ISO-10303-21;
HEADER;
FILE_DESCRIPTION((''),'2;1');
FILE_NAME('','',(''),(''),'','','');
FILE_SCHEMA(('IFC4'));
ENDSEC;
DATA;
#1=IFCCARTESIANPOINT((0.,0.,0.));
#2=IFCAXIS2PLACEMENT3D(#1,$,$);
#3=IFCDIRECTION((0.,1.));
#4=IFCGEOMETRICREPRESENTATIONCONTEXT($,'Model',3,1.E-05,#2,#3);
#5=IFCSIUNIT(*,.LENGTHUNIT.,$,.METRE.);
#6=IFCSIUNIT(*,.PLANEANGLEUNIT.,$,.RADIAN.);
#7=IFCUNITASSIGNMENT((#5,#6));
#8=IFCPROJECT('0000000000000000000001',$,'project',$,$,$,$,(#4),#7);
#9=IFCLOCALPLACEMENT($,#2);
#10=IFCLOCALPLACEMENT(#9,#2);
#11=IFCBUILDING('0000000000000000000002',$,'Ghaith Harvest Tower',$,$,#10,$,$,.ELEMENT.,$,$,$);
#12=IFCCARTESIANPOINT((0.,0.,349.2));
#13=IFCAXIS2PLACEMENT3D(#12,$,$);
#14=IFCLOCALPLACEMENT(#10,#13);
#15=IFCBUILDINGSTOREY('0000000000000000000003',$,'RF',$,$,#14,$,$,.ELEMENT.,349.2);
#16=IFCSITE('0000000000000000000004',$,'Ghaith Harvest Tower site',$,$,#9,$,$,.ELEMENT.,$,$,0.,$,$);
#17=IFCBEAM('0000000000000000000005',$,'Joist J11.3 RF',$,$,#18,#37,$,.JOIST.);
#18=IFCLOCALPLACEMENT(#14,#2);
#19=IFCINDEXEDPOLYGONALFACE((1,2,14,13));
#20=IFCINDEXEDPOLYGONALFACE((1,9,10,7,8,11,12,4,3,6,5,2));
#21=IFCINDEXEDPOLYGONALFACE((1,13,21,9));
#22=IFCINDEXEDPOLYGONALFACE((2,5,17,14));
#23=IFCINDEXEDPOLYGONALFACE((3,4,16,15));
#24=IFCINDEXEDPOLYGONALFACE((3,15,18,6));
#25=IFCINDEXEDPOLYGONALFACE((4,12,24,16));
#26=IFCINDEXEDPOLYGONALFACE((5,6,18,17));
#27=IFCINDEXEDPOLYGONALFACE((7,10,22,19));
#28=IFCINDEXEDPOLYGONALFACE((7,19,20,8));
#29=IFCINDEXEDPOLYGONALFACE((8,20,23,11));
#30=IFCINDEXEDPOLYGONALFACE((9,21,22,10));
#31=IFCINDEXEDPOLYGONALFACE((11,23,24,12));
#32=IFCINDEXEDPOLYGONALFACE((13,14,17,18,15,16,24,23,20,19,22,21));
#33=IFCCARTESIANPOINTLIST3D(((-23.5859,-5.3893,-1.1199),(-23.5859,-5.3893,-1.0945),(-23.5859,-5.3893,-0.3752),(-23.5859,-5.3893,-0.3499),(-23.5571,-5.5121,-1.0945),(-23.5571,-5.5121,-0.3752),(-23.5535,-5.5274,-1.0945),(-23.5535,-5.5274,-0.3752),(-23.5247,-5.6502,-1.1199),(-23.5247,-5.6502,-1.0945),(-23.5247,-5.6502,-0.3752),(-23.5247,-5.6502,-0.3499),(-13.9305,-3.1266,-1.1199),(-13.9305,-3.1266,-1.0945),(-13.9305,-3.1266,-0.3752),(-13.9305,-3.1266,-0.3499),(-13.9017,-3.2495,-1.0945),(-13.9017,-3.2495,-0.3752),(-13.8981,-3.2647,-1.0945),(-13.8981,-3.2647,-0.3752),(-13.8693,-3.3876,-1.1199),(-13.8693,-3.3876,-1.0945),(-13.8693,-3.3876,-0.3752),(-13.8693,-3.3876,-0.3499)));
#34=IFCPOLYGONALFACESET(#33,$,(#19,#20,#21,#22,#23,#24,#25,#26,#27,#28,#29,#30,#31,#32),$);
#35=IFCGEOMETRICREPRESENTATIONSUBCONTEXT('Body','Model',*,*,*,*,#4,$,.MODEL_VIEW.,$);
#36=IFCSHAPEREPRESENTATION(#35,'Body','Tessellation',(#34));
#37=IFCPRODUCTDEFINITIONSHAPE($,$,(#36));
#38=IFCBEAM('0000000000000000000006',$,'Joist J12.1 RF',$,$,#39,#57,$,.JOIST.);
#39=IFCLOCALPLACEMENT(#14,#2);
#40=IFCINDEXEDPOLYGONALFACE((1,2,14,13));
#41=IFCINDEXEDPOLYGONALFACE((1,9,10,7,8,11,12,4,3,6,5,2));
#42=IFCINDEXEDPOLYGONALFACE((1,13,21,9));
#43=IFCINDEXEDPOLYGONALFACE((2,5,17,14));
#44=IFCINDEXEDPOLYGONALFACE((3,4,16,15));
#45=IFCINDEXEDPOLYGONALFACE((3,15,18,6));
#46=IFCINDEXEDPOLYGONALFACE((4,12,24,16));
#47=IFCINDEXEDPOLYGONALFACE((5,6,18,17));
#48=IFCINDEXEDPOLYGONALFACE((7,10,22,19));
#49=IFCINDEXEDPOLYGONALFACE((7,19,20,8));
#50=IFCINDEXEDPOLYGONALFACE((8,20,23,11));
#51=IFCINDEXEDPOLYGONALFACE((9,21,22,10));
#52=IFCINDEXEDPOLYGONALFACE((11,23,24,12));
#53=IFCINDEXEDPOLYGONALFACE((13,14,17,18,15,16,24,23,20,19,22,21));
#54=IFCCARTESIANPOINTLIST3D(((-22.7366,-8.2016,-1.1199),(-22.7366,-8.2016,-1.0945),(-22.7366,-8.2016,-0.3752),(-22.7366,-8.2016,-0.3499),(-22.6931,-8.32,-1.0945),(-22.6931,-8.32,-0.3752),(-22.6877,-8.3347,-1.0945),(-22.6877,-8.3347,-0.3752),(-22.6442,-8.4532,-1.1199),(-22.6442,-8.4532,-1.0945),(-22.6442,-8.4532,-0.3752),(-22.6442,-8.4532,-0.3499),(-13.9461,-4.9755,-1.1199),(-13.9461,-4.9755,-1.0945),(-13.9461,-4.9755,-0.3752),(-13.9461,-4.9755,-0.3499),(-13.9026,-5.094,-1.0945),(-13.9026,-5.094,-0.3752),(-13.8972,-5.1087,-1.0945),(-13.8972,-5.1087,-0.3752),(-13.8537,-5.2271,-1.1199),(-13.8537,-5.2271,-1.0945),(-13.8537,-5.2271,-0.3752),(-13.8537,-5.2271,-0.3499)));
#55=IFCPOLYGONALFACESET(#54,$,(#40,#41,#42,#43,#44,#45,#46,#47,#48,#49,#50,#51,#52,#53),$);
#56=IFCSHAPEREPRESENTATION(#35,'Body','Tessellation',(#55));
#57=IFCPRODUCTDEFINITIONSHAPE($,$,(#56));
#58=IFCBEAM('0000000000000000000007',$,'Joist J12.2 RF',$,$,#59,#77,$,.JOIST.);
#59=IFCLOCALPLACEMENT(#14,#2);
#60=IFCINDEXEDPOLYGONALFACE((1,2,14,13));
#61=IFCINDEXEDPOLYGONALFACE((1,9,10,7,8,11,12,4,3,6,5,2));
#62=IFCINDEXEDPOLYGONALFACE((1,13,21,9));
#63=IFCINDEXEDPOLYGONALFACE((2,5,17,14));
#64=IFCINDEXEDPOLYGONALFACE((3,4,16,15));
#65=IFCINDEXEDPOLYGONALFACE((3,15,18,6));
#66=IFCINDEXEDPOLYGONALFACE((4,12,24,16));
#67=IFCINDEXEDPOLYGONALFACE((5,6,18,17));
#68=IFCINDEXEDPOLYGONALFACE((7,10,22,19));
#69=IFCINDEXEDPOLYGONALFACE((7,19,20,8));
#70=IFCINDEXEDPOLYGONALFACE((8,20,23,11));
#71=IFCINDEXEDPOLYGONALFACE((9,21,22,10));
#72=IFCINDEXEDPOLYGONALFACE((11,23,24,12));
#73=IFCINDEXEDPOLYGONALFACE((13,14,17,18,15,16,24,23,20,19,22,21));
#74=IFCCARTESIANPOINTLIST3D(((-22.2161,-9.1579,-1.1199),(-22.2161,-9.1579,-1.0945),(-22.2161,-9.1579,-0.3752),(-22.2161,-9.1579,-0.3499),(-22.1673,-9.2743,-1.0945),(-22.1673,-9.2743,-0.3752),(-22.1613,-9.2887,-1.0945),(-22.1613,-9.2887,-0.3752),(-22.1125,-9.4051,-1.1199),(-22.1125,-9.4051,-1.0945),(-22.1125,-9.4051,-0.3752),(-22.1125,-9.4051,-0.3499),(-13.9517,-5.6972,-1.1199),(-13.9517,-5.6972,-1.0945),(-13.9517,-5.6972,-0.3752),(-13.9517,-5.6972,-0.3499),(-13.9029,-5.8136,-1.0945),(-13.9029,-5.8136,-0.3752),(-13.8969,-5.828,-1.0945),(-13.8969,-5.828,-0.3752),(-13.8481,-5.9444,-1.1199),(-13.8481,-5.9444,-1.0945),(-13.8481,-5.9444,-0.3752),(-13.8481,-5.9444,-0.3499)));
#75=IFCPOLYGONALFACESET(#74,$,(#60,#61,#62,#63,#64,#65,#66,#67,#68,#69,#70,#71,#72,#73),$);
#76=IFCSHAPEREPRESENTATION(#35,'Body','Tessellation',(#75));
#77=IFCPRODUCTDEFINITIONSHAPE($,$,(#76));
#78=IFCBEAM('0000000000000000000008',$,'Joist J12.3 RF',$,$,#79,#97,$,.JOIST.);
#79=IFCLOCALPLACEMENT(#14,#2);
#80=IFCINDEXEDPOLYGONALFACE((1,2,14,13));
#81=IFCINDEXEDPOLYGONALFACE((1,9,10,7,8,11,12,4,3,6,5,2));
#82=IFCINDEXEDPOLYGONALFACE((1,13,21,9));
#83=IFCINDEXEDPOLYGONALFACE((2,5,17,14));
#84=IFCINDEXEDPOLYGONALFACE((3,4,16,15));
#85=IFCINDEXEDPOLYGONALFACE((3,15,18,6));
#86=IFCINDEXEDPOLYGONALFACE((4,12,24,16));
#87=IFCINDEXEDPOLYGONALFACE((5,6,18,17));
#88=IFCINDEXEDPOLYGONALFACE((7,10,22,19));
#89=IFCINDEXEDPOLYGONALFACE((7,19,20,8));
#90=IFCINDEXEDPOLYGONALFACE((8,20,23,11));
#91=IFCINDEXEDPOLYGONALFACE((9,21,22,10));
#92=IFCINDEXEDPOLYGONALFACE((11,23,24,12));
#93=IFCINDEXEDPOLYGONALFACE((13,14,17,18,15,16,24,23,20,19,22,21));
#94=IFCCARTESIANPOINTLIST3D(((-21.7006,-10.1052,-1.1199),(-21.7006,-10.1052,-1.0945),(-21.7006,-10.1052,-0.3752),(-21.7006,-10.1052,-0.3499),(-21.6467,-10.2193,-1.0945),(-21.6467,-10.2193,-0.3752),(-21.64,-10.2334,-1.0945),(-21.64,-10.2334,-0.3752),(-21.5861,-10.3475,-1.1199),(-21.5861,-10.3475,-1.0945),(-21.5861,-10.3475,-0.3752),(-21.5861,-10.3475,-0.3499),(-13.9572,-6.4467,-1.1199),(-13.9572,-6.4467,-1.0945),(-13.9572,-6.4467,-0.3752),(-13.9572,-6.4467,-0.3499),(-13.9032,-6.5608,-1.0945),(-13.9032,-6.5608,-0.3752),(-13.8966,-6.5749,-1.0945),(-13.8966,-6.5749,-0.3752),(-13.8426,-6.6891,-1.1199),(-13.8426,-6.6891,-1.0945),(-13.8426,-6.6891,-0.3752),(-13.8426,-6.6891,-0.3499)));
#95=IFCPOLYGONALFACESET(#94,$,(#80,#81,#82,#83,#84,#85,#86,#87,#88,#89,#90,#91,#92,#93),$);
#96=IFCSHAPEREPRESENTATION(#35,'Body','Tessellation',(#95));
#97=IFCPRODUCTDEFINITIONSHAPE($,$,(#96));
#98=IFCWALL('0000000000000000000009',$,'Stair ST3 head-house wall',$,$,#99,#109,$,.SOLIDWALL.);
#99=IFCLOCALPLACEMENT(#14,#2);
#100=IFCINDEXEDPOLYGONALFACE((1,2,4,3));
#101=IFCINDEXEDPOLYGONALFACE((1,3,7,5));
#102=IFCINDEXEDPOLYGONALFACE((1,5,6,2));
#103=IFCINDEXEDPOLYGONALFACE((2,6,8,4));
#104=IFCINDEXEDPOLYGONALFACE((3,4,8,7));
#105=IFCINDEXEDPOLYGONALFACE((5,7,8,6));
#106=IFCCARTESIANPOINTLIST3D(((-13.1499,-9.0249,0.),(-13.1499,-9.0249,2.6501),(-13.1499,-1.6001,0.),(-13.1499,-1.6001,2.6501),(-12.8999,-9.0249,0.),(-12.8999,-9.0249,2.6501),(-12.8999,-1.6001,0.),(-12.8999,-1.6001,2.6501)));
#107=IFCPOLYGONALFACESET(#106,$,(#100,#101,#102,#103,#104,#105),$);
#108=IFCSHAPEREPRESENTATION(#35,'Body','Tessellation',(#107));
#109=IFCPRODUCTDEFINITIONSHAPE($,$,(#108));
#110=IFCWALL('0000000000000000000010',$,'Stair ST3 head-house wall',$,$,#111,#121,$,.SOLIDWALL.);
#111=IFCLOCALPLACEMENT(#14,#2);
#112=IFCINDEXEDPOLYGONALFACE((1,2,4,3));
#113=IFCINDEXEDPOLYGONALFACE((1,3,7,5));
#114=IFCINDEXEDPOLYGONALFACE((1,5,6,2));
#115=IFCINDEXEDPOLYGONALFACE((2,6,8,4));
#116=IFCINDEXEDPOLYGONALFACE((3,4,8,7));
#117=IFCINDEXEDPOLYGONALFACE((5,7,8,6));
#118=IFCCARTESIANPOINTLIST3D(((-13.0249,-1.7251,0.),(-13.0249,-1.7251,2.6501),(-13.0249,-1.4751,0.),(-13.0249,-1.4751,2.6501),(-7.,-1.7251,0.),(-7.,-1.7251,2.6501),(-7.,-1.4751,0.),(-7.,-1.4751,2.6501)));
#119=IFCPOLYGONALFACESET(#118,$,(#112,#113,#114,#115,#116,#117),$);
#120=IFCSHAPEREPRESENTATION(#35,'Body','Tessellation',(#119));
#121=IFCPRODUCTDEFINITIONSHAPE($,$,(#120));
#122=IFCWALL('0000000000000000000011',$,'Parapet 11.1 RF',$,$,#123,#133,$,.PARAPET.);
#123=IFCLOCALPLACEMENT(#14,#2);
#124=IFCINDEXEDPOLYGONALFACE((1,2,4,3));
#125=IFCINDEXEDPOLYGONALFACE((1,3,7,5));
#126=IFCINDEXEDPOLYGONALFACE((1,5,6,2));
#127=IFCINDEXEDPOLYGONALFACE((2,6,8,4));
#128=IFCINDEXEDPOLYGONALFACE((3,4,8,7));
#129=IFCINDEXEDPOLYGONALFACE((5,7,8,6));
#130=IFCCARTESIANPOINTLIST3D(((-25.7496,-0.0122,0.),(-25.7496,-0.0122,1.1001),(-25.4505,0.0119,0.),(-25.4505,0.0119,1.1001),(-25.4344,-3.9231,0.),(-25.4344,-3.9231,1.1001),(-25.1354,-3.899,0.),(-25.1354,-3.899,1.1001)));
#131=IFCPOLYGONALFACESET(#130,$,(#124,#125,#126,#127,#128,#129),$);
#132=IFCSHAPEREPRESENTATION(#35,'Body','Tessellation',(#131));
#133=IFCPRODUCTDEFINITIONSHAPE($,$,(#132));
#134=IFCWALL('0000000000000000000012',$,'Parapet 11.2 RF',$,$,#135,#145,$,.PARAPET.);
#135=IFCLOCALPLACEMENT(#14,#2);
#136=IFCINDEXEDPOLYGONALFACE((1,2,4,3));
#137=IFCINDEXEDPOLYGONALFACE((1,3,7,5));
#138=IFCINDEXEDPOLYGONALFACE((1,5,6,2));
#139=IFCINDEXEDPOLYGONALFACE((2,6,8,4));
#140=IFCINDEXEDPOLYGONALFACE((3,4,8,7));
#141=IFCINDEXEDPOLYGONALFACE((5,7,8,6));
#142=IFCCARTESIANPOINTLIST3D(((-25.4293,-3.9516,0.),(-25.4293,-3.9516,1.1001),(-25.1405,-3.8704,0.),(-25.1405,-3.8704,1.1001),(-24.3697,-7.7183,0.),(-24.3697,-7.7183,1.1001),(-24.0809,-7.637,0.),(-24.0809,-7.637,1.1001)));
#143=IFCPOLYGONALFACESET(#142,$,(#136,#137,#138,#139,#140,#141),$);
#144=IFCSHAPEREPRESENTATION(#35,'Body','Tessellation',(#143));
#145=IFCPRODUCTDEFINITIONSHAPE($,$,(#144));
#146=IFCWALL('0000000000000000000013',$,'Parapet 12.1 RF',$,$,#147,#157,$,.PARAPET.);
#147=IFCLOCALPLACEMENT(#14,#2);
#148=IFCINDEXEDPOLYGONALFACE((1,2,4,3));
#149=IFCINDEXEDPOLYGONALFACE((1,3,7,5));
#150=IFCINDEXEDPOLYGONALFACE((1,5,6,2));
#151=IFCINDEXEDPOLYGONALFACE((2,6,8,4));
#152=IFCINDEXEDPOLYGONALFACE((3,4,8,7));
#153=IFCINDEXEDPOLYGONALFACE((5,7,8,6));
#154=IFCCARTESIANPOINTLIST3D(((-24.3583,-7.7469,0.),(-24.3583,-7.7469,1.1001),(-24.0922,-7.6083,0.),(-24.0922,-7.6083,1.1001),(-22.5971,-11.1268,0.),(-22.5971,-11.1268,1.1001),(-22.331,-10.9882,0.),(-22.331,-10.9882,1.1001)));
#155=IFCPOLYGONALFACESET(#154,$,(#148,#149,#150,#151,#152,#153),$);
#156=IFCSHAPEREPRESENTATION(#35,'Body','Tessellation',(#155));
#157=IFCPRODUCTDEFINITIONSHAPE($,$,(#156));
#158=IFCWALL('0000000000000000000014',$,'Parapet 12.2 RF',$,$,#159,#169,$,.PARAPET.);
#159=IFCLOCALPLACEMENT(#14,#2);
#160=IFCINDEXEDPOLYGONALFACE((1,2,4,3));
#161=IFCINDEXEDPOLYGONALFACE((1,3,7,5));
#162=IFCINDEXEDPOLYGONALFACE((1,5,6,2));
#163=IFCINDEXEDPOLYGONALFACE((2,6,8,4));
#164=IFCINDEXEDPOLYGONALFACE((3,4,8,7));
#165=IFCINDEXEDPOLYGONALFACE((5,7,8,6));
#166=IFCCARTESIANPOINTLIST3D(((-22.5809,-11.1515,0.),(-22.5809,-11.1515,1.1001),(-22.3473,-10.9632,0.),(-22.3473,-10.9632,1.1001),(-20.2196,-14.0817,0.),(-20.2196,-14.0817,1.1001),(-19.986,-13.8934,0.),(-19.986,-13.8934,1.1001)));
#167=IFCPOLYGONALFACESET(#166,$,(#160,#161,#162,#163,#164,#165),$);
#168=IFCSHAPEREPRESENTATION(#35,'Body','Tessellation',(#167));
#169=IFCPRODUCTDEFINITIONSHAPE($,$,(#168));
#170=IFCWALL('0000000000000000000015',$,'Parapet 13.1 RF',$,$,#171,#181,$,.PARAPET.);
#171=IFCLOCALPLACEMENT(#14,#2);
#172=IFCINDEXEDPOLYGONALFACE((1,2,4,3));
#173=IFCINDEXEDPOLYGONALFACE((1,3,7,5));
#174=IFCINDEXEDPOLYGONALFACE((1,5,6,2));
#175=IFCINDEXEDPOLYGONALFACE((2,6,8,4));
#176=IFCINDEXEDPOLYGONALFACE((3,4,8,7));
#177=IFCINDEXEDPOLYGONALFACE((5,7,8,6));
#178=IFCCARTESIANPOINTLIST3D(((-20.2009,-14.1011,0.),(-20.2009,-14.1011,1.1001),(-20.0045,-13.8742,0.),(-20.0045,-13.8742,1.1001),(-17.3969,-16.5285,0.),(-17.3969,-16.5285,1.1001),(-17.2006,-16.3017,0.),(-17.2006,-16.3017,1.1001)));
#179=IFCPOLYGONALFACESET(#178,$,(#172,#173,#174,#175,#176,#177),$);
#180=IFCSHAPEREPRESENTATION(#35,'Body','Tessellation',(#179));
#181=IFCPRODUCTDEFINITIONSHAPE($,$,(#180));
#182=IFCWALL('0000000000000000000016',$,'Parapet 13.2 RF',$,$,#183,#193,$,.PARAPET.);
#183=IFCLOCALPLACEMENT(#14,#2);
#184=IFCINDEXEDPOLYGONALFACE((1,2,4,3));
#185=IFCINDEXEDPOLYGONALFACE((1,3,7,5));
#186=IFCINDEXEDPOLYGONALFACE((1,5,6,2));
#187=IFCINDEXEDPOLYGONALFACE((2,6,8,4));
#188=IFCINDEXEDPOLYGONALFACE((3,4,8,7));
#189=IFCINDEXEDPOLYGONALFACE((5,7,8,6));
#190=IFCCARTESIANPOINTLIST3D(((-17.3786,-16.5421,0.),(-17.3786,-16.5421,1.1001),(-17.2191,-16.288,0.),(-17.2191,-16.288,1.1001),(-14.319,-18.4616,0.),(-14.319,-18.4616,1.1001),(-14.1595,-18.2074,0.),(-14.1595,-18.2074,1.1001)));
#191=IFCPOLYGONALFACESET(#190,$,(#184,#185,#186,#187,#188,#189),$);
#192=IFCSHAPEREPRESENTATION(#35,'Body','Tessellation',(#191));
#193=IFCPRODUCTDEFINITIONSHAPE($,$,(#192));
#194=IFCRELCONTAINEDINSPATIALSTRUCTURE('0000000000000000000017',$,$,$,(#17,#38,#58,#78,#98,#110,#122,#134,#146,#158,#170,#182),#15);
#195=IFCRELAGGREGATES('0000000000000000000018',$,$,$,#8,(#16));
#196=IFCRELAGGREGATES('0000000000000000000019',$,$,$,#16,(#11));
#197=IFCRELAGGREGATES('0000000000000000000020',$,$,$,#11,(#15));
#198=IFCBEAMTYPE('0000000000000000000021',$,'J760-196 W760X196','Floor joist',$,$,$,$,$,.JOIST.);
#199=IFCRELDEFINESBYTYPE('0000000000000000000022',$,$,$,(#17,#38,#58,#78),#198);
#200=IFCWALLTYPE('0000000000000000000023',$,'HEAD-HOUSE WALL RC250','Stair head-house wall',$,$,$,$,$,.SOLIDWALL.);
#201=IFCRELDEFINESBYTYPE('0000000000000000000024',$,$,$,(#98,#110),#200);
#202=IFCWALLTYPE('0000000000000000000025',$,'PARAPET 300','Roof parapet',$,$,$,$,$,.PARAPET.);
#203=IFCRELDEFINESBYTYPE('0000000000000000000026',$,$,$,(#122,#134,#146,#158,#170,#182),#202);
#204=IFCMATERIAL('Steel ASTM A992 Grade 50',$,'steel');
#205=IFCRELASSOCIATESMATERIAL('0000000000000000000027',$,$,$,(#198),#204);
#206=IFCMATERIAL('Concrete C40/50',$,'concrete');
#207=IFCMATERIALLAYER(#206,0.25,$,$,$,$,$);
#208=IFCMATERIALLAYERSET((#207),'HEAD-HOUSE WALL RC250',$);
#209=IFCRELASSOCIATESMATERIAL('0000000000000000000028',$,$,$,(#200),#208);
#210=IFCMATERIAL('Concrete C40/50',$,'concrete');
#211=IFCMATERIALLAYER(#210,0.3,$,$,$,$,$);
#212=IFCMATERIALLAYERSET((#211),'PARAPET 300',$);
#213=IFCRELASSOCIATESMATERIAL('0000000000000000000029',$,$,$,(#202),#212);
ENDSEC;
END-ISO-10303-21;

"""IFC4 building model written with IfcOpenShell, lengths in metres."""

from ifc_helpers import new_model, si_unit, direction, frame, frame_2d, origin, origin_2d, place, context, subcontext, project, spatial, rectangle, i_section, extrude, material, layer, layer_set, material_profile, profile_set, type_object, element, save


model = new_model("IFC4")

# Units and contexts
model_context = context("Model", 3, precision=1e-05, world=origin(), true_north=direction((0.0, 1.0)))
body_context = subcontext(model_context, "Body", "Model", "MODEL_VIEW")
ifc_project = project(units=[si_unit("LENGTHUNIT", "METRE"), si_unit("PLANEANGLEUNIT", "RADIAN")], contexts=[model_context])

# Site, building, storey
site_placement = place(None, origin())
site = spatial("IfcSite", under=ifc_project, at=site_placement, Name="Ghaith Harvest Tower site", CompositionType="ELEMENT", RefElevation=0.0)
building_placement = place(site_placement, origin())
building = spatial("IfcBuilding", under=site, at=building_placement, Name="Ghaith Harvest Tower", CompositionType="ELEMENT")
storey_placement = place(building_placement, frame((0.0, 0.0, 349.2)))
storey = spatial("IfcBuildingStorey", under=building, at=storey_placement, Name="RF", CompositionType="ELEMENT", Elevation=349.2)

# Beams
ifc_material_1 = material(Name="Steel ASTM A992 Grade 50", Category="steel")
ifc_material_profile_1 = material_profile(ifc_material_1, i_section(OverallWidth=0.2681, OverallDepth=0.77, WebThickness=0.0156, FlangeThickness=0.0254, at=origin_2d()), Name="W760X196")
ifc_profile_set_1 = profile_set([ifc_material_profile_1], Name="Steel ASTM A992 Grade 50")
beam_type_1 = type_object("IfcBeamType", Name="J760-196 W760X196", Description="Floor joist", PredefinedType="JOIST", material=ifc_profile_set_1)
beam_1_placement = place(storey_placement, frame((-13.8999, -3.2571, -0.7349), z_axis=(-0.973623, -0.228161, 0.0), x_axis=(0.228161, -0.973623, 0.0)))
element("IfcBeam", 1, at=beam_1_placement, inside=storey, type_object=beam_type_1, Name="Joist J11.3 RF", PredefinedType="JOIST", context=body_context, shape_type="SweptSolid", body=[
    extrude(i_section(OverallWidth=0.2681, OverallDepth=0.77, WebThickness=0.0156, FlangeThickness=0.0254, at=origin_2d()), origin(), (0.0, 0.0, 1.0), 9.917),
])
beam_2_placement = place(storey_placement, frame((-13.8999, -5.1013, -0.7349), z_axis=(-0.938777, -0.344526, 0.0), x_axis=(0.344526, -0.938777, 0.0)))
element("IfcBeam", 2, at=beam_2_placement, inside=storey, type_object=beam_type_1, Name="Joist J12.1 RF", PredefinedType="JOIST", context=body_context, shape_type="SweptSolid", body=[
    extrude(i_section(OverallWidth=0.2681, OverallDepth=0.77, WebThickness=0.0156, FlangeThickness=0.0254, at=origin_2d()), origin(), (0.0, 0.0, 1.0), 9.3638),
])
beam_3_placement = place(storey_placement, frame((-13.8999, -5.8208, -0.7349), z_axis=(-0.922394, -0.38625, 0.0), x_axis=(0.38625, -0.922394, 0.0)))
element("IfcBeam", 3, at=beam_3_placement, inside=storey, type_object=beam_type_1, Name="Joist J12.2 RF", PredefinedType="JOIST", context=body_context, shape_type="SweptSolid", body=[
    extrude(i_section(OverallWidth=0.2681, OverallDepth=0.77, WebThickness=0.0156, FlangeThickness=0.0254, at=origin_2d()), origin(), (0.0, 0.0, 1.0), 8.9597),
])
beam_4_placement = place(storey_placement, frame((-13.8999, -6.5679, -0.7349), z_axis=(-0.904166, -0.427182, 0.0), x_axis=(0.427182, -0.904166, 0.0)))
element("IfcBeam", 4, at=beam_4_placement, inside=storey, type_object=beam_type_1, Name="Joist J12.3 RF", PredefinedType="JOIST", context=body_context, shape_type="SweptSolid", body=[
    extrude(i_section(OverallWidth=0.2681, OverallDepth=0.77, WebThickness=0.0156, FlangeThickness=0.0254, at=origin_2d()), origin(), (0.0, 0.0, 1.0), 8.5642),
])

# Walls
ifc_material_2 = material(Name="Concrete C40/50", Category="concrete")
ifc_layer_1 = layer(ifc_material_2, 0.25)
ifc_layer_set_1 = layer_set([ifc_layer_1], Name="HEAD-HOUSE WALL RC250")
wall_type_1 = type_object("IfcWallType", Name="HEAD-HOUSE WALL RC250", Description="Stair head-house wall", PredefinedType="SOLIDWALL", material=ifc_layer_set_1)
wall_1_placement = place(storey_placement, frame((-13.0249, -9.0249, 0.0), z_axis=(0.0, 0.0, 1.0), x_axis=(0.0, 1.0, 0.0)))
element("IfcWall", 5, at=wall_1_placement, inside=storey, type_object=wall_type_1, Name="Stair ST3 head-house wall", PredefinedType="SOLIDWALL", context=body_context, shape_type="SweptSolid", body=[
    extrude(rectangle(XDim=7.4248, YDim=0.25, at=frame_2d((3.7124, 0.0))), origin(), (0.0, 0.0, 1.0), 2.6501),
])
wall_2_placement = place(storey_placement, frame((-13.0249, -1.6001, 0.0), z_axis=(0.0, 0.0, 1.0), x_axis=(1.0, 0.0, 0.0)))
element("IfcWall", 6, at=wall_2_placement, inside=storey, type_object=wall_type_1, Name="Stair ST3 head-house wall", PredefinedType="SOLIDWALL", context=body_context, shape_type="SweptSolid", body=[
    extrude(rectangle(XDim=6.0249, YDim=0.25, at=frame_2d((3.0125, 0.0))), origin(), (0.0, 0.0, 1.0), 2.6501),
])
ifc_material_3 = material(Name="Concrete C40/50", Category="concrete")
ifc_layer_2 = layer(ifc_material_3, 0.3)
ifc_layer_set_2 = layer_set([ifc_layer_2], Name="PARAPET 300")
wall_type_2 = type_object("IfcWallType", Name="PARAPET 300", Description="Roof parapet", PredefinedType="PARAPET", material=ifc_layer_set_2)
wall_3_placement = place(storey_placement, frame((-25.6001, 0.0, 0.0), z_axis=(0.0, 0.0, 1.0), x_axis=(0.080331, -0.996768, 0.0)))
element("IfcWall", 7, at=wall_3_placement, inside=storey, type_object=wall_type_2, Name="Parapet 11.1 RF", PredefinedType="PARAPET", context=body_context, shape_type="SweptSolid", body=[
    extrude(rectangle(XDim=3.9236, YDim=0.3, at=frame_2d((1.9619, 0.0))), origin(), (0.0, 0.0, 1.0), 1.1001),
])
wall_4_placement = place(storey_placement, frame((-25.2849, -3.9109, 0.0), z_axis=(0.0, 0.0, 1.0), x_axis=(0.270796, -0.962637, 0.0)))
element("IfcWall", 8, at=wall_4_placement, inside=storey, type_object=wall_type_2, Name="Parapet 11.2 RF", PredefinedType="PARAPET", context=body_context, shape_type="SweptSolid", body=[
    extrude(rectangle(XDim=3.9128, YDim=0.3, at=frame_2d((1.9565, 0.0))), origin(), (0.0, 0.0, 1.0), 1.1001),
])
wall_5_placement = place(storey_placement, frame((-24.2253, -7.6775, 0.0), z_axis=(0.0, 0.0, 1.0), x_axis=(0.462115, -0.88682, 0.0)))
element("IfcWall", 9, at=wall_5_placement, inside=storey, type_object=wall_type_2, Name="Parapet 12.1 RF", PredefinedType="PARAPET", context=body_context, shape_type="SweptSolid", body=[
    extrude(rectangle(XDim=3.8113, YDim=0.3, at=frame_2d((1.9058, 0.0))), origin(), (0.0, 0.0, 1.0), 1.1001),
])
wall_6_placement = place(storey_placement, frame((-22.4641, -11.0574, 0.0), z_axis=(0.0, 0.0, 1.0), x_axis=(0.627476, -0.778636, 0.0)))
element("IfcWall", 10, at=wall_6_placement, inside=storey, type_object=wall_type_2, Name="Parapet 12.2 RF", PredefinedType="PARAPET", context=body_context, shape_type="SweptSolid", body=[
    extrude(rectangle(XDim=3.7632, YDim=0.3, at=frame_2d((1.8816, 0.0))), origin(), (0.0, 0.0, 1.0), 1.1001),
])
wall_7_placement = place(storey_placement, frame((-20.1028, -13.9875, 0.0), z_axis=(0.0, 0.0, 1.0), x_axis=(0.756036, -0.654529, 0.0)))
element("IfcWall", 11, at=wall_7_placement, inside=storey, type_object=wall_type_2, Name="Parapet 13.1 RF", PredefinedType="PARAPET", context=body_context, shape_type="SweptSolid", body=[
    extrude(rectangle(XDim=3.7087, YDim=0.3, at=frame_2d((1.8545, 0.0))), origin(), (0.0, 0.0, 1.0), 1.1001),
])
wall_8_placement = place(storey_placement, frame((-17.2988, -16.415, 0.0), z_axis=(0.0, 0.0, 1.0), x_axis=(0.847101, -0.531432, 0.0)))
element("IfcWall", 12, at=wall_8_placement, inside=storey, type_object=wall_type_2, Name="Parapet 13.2 RF", PredefinedType="PARAPET", context=body_context, shape_type="SweptSolid", body=[
    extrude(rectangle(XDim=3.6118, YDim=0.3, at=frame_2d((1.8059, 0.0))), origin(), (0.0, 0.0, 1.0), 1.1001),
])

save(model, "model.ifc")
